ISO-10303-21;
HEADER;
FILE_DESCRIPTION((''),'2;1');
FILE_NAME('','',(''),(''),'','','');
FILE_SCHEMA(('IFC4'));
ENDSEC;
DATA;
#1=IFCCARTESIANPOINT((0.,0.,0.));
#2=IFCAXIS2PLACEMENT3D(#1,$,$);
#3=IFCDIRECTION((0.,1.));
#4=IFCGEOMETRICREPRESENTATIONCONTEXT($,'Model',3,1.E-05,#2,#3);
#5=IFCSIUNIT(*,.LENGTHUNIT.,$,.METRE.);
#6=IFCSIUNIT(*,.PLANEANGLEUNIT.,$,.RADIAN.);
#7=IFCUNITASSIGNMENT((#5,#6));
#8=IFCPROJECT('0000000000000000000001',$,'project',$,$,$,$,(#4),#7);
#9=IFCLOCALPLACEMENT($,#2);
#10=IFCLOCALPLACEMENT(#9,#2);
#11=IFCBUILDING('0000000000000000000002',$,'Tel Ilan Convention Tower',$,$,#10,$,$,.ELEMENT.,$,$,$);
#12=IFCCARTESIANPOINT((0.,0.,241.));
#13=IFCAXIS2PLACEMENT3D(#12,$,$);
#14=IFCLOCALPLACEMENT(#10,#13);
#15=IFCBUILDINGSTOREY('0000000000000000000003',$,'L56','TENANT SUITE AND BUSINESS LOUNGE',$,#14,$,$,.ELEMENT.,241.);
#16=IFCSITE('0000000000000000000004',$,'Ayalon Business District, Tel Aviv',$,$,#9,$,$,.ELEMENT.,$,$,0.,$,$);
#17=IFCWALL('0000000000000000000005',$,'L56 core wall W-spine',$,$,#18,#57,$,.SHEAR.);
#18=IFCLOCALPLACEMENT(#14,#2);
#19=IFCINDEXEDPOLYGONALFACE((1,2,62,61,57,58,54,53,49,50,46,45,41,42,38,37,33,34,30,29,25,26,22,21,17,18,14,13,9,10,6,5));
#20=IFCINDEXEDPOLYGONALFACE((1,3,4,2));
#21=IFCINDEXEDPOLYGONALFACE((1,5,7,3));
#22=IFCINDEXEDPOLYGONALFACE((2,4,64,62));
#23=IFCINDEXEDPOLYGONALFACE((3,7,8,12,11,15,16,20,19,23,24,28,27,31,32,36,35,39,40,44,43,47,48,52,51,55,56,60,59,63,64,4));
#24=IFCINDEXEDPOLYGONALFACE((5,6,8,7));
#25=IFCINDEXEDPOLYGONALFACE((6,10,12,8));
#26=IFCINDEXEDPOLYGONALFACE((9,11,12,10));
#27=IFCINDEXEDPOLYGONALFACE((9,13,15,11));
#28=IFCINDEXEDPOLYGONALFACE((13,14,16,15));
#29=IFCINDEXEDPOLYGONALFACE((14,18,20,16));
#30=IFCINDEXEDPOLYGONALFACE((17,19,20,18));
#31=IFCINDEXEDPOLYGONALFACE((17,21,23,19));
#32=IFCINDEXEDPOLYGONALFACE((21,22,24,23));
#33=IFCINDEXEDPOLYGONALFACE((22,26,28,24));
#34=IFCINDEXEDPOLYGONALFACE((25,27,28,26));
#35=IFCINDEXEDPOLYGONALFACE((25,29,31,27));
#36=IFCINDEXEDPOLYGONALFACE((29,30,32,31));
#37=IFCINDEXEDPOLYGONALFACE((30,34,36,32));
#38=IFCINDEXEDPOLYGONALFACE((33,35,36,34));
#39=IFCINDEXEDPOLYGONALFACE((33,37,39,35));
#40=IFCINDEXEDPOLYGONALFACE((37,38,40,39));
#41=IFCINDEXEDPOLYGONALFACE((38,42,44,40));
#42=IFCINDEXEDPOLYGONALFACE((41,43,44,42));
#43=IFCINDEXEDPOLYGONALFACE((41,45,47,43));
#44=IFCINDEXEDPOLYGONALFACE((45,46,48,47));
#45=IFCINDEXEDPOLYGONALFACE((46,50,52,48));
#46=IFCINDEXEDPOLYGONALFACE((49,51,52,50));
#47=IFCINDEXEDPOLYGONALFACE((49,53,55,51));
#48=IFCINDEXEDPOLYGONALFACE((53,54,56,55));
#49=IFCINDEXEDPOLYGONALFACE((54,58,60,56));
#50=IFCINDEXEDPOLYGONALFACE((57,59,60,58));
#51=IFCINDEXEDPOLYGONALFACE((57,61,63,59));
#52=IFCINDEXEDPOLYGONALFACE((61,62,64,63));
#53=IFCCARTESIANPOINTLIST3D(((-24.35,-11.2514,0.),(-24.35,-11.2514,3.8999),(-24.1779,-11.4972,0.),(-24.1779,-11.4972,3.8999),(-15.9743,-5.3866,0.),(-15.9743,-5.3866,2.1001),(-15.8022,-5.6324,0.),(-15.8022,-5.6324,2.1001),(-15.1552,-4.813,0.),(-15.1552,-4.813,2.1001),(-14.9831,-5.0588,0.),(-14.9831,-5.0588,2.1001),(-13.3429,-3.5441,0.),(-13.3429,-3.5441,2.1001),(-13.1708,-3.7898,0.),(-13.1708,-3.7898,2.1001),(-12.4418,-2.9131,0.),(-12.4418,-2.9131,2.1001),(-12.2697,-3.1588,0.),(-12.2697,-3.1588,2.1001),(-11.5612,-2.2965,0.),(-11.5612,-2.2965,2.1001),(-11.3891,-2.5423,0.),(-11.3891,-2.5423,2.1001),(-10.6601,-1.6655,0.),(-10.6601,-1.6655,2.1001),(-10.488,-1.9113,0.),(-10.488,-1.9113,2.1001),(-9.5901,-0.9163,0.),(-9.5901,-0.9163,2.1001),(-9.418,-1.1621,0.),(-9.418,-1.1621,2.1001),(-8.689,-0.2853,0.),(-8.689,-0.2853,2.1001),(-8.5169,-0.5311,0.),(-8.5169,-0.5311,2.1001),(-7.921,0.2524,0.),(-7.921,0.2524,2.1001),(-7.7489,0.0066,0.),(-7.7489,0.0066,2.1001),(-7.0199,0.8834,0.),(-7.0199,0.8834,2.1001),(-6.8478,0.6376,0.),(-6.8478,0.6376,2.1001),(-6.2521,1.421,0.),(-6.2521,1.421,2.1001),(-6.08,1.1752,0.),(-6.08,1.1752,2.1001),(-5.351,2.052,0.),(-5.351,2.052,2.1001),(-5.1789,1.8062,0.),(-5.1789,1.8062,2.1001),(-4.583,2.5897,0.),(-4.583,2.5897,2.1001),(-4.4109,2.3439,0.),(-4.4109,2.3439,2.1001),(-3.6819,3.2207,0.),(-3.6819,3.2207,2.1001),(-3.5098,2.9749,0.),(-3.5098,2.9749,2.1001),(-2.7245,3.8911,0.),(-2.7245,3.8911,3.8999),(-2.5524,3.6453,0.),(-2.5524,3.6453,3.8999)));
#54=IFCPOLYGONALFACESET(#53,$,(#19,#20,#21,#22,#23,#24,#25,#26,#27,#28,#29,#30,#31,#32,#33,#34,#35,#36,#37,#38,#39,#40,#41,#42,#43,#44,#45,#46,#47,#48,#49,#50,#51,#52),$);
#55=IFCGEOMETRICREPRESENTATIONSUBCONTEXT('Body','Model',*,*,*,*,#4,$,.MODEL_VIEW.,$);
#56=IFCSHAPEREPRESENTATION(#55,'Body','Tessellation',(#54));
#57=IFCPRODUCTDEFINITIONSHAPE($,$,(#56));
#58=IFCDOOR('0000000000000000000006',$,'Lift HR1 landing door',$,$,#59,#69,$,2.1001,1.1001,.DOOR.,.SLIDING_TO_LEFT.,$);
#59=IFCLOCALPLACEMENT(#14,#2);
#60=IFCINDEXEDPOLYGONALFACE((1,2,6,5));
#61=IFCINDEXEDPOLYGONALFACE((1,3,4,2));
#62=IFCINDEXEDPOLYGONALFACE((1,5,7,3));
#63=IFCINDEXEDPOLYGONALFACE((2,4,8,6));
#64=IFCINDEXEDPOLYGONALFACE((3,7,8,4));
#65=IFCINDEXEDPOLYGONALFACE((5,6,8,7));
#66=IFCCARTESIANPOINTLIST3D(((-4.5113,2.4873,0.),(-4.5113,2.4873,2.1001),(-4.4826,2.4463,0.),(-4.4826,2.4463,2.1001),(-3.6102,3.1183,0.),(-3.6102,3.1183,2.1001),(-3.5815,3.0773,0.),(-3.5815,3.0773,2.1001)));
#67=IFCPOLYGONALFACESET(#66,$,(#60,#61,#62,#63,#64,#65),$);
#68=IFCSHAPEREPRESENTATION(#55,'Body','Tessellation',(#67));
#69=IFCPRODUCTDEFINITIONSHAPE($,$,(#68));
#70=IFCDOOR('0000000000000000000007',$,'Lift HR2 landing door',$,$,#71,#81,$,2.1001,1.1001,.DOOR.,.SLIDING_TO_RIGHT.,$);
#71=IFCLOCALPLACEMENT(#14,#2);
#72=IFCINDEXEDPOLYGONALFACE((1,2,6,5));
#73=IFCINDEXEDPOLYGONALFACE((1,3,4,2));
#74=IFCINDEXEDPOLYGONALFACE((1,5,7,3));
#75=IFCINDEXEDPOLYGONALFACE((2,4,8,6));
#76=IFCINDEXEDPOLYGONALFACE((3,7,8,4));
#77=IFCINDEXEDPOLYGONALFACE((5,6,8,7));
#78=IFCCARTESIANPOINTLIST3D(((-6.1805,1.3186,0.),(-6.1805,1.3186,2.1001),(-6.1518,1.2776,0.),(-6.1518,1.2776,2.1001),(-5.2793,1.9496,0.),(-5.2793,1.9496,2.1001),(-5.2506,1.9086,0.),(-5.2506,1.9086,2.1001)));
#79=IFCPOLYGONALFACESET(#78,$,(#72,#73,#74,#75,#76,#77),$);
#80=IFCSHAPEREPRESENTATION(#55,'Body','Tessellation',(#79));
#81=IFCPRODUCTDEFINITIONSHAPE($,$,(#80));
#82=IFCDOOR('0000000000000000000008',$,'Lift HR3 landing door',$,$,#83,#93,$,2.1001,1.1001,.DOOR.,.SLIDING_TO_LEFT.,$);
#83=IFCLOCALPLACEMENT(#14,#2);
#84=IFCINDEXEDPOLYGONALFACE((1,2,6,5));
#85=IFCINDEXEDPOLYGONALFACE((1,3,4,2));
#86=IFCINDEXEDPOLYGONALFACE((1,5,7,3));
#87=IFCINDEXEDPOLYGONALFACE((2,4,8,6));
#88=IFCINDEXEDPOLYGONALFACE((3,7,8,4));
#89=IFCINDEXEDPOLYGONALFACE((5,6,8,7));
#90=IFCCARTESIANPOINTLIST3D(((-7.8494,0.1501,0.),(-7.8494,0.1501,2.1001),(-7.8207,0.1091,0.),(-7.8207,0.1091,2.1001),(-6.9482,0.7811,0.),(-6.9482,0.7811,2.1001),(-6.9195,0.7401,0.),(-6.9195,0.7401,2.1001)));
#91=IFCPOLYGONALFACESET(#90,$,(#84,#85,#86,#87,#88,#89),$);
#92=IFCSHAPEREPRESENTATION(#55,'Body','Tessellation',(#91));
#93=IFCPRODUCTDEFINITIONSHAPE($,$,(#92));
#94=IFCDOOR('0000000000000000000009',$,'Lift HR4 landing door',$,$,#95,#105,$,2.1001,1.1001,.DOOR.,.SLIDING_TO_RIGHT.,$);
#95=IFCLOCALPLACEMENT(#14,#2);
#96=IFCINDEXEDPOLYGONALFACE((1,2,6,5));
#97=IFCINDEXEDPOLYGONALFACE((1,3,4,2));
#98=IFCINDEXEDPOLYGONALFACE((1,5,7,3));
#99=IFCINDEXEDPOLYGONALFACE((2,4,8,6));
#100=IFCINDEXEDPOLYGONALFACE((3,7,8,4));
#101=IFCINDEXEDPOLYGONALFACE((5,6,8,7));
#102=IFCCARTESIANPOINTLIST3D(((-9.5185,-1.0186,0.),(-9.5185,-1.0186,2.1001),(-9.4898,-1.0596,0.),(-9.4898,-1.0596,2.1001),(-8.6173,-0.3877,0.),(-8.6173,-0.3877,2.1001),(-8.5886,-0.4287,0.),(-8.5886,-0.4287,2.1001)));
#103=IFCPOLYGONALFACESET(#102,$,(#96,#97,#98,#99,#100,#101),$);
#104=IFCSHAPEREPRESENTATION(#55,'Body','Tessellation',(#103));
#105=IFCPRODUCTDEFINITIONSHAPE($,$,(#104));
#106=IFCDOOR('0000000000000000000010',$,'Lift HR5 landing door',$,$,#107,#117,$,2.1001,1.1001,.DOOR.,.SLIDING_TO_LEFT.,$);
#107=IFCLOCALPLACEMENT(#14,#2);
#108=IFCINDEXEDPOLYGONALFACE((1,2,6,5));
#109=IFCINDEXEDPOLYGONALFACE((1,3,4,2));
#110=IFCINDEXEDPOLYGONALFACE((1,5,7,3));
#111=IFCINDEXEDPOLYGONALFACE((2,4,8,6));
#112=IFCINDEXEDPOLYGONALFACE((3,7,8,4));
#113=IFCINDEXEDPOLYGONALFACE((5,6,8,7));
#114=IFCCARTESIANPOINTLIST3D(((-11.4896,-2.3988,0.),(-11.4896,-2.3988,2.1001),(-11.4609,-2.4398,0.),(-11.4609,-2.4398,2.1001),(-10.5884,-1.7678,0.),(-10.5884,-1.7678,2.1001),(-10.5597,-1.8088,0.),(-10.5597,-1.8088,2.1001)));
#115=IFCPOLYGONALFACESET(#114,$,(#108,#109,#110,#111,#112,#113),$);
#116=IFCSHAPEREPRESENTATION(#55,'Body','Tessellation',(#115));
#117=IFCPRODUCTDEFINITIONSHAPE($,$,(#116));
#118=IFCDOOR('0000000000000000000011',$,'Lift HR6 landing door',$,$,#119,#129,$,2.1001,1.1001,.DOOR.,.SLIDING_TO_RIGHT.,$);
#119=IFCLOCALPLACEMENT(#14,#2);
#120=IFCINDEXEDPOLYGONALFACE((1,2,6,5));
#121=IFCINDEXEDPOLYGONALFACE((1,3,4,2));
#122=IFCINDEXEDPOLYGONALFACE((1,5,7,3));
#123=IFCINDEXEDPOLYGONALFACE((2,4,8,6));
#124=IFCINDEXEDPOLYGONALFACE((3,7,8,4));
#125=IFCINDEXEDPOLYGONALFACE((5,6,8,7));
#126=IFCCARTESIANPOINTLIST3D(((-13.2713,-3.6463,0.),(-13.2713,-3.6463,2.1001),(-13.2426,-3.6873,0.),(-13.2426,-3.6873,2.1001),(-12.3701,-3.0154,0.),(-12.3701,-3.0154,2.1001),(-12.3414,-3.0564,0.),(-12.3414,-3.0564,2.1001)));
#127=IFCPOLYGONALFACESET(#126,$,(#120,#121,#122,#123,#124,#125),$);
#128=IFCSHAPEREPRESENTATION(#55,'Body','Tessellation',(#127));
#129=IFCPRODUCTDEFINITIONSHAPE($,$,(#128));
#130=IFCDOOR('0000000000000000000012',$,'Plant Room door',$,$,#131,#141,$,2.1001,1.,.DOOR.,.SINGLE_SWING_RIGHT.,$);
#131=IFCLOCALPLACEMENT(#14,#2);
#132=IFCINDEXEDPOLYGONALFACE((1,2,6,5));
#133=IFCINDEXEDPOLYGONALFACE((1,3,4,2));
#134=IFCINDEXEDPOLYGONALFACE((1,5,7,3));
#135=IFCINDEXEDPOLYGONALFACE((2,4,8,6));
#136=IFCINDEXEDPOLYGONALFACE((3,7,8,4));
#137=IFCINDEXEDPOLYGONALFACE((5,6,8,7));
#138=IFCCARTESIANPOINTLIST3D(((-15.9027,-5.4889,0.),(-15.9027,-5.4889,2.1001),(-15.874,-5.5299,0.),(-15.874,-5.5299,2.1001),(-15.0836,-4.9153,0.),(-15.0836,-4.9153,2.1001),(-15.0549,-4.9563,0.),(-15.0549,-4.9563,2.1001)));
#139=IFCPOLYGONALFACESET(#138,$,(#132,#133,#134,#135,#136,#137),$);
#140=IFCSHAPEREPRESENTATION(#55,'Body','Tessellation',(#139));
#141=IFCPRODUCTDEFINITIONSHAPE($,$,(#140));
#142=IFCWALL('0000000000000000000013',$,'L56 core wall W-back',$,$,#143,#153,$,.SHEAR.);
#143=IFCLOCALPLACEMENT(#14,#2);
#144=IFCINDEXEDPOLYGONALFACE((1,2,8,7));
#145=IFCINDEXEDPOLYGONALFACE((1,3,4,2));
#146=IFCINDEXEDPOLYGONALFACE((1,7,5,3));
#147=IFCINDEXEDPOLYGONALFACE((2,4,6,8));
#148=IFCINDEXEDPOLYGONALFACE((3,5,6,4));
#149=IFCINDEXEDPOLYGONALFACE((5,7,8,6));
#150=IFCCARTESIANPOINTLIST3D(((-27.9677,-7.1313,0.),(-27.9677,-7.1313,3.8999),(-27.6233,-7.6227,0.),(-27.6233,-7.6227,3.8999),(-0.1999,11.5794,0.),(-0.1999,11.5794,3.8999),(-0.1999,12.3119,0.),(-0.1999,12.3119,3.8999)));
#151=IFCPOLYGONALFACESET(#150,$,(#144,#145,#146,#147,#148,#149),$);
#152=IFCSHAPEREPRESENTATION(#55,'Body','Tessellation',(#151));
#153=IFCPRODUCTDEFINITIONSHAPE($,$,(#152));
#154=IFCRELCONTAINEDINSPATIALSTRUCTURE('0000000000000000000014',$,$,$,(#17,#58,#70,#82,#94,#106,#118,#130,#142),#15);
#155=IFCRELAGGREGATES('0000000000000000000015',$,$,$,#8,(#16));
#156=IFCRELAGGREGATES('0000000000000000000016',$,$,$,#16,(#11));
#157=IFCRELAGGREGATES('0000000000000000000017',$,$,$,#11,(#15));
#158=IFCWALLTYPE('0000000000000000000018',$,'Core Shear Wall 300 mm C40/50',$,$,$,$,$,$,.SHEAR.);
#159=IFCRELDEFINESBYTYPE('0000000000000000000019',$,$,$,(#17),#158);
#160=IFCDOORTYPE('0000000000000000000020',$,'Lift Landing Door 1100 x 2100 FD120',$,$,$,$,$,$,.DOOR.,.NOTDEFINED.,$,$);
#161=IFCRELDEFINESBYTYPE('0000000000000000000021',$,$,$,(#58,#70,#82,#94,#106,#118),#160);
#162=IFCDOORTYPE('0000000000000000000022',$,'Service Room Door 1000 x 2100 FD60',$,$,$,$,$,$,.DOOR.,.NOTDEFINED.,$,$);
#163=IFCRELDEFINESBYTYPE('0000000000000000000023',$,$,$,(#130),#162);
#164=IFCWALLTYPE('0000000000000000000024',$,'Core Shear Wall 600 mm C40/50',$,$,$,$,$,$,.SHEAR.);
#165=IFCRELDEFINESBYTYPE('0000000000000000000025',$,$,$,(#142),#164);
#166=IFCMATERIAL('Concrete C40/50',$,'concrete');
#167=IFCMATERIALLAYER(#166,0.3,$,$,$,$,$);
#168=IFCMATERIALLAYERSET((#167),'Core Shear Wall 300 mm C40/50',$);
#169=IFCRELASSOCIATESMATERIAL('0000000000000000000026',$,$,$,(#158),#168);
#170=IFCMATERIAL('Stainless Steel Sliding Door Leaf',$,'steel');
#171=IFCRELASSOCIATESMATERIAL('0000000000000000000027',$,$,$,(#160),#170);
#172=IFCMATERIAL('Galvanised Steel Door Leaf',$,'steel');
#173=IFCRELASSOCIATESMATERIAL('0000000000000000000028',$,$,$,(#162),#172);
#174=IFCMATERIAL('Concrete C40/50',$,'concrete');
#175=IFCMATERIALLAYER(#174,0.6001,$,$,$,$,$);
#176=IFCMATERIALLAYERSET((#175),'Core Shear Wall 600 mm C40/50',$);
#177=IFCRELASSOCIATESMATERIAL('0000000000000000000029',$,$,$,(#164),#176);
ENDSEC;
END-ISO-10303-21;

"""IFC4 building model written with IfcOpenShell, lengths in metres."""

from ifc_helpers import new_model, si_unit, direction, frame, frame_2d, origin, place, context, subcontext, project, spatial, polyline, rectangle, outline, extrude, material, layer, layer_set, type_object, element, fill, save


model = new_model("IFC4")

# Units and contexts
model_context = context("Model", 3, precision=1e-05, world=origin(), true_north=direction((0.0, 1.0)))
body_context = subcontext(model_context, "Body", "Model", "MODEL_VIEW")
ifc_project = project(units=[si_unit("LENGTHUNIT", "METRE"), si_unit("PLANEANGLEUNIT", "RADIAN")], contexts=[model_context])

# Site, building, storey
site_placement = place(None, origin())
site = spatial("IfcSite", under=ifc_project, at=site_placement, Name="Ayalon Business District, Tel Aviv", CompositionType="ELEMENT", RefElevation=0.0)
building_placement = place(site_placement, origin())
building = spatial("IfcBuilding", under=site, at=building_placement, Name="Tel Ilan Convention Tower", CompositionType="ELEMENT")
storey_placement = place(building_placement, frame((0.0, 0.0, 241.0)))
storey = spatial("IfcBuildingStorey", under=building, at=storey_placement, Name="L56", Description="TENANT SUITE AND BUSINESS LOUNGE", CompositionType="ELEMENT", Elevation=241.0)

# Wall, openings, doors
ifc_material_1 = material(Name="Concrete C40/50", Category="concrete")
ifc_layer_1 = layer(ifc_material_1, 0.3)
ifc_layer_set_1 = layer_set([ifc_layer_1], Name="Core Shear Wall 300 mm C40/50")
wall_type_1 = type_object("IfcWallType", Name="Core Shear Wall 300 mm C40/50", PredefinedType="SHEAR", material=ifc_layer_set_1)
wall_1_placement = place(storey_placement, frame((-2.6384, 3.7681, 0.0), z_axis=(0.0, 0.0, 1.0), x_axis=(-0.819155, -0.573572, 0.0)))
wall_1 = element("IfcWall", 1, at=wall_1_placement, inside=storey, type_object=wall_type_1, Name="L56 core wall W-spine", PredefinedType="SHEAR", context=body_context, shape_type="SweptSolid", body=[
    extrude(outline(polyline([(26.3999, 0.1501), (0.0, 0.1499), (0.0, -0.1501), (26.3999, -0.1499), (26.3999, 0.1501)])), origin(), (0.0, 0.0, 1.0), 3.8999),
])
opening_1_placement = place(wall_1_placement, frame((1.1687, 0.0, 0.0)))
opening_1 = element("IfcOpeningElement", 2, at=opening_1_placement, cuts=wall_1, PredefinedType="OPENING", context=body_context, shape_type="SweptSolid", body=[
    extrude(rectangle(XDim=1.1001, YDim=2.1001, at=frame_2d((0.55, 1.05))), frame((0.0, 0.1599, 0.0), z_axis=(0.0, -1.0, 0.0), x_axis=(1.0, 0.0, 0.0)), (0.0, 0.0, 1.0), 0.3201),
])
opening_2_placement = place(wall_1_placement, frame((3.2063, 0.0, 0.0)))
opening_2 = element("IfcOpeningElement", 3, at=opening_2_placement, cuts=wall_1, PredefinedType="OPENING", context=body_context, shape_type="SweptSolid", body=[
    extrude(rectangle(XDim=1.1001, YDim=2.1001, at=frame_2d((0.55, 1.05))), frame((0.0, 0.1599, 0.0), z_axis=(0.0, -1.0, 0.0), x_axis=(1.0, 0.0, 0.0)), (0.0, 0.0, 1.0), 0.3201),
])
opening_3_placement = place(wall_1_placement, frame((5.2437, 0.0, 0.0)))
opening_3 = element("IfcOpeningElement", 4, at=opening_3_placement, cuts=wall_1, PredefinedType="OPENING", context=body_context, shape_type="SweptSolid", body=[
    extrude(rectangle(XDim=1.1001, YDim=2.1001, at=frame_2d((0.55, 1.05))), frame((0.0, 0.1599, 0.0), z_axis=(0.0, -1.0, 0.0), x_axis=(1.0, 0.0, 0.0)), (0.0, 0.0, 1.0), 0.3201),
])
opening_4_placement = place(wall_1_placement, frame((7.2812, 0.0, 0.0)))
opening_4 = element("IfcOpeningElement", 5, at=opening_4_placement, cuts=wall_1, PredefinedType="OPENING", context=body_context, shape_type="SweptSolid", body=[
    extrude(rectangle(XDim=1.1001, YDim=2.1001, at=frame_2d((0.55, 1.05))), frame((0.0, 0.1599, 0.0), z_axis=(0.0, -1.0, 0.0), x_axis=(1.0, 0.0, 0.0)), (0.0, 0.0, 1.0), 0.3201),
])
opening_5_placement = place(wall_1_placement, frame((9.6875, 0.0, 0.0)))
opening_5 = element("IfcOpeningElement", 6, at=opening_5_placement, cuts=wall_1, PredefinedType="OPENING", context=body_context, shape_type="SweptSolid", body=[
    extrude(rectangle(XDim=1.1001, YDim=2.1001, at=frame_2d((0.55, 1.05))), frame((0.0, 0.1599, 0.0), z_axis=(0.0, -1.0, 0.0), x_axis=(1.0, 0.0, 0.0)), (0.0, 0.0, 1.0), 0.3201),
])
opening_6_placement = place(wall_1_placement, frame((11.8625, 0.0, 0.0)))
opening_6 = element("IfcOpeningElement", 7, at=opening_6_placement, cuts=wall_1, PredefinedType="OPENING", context=body_context, shape_type="SweptSolid", body=[
    extrude(rectangle(XDim=1.1001, YDim=2.1001, at=frame_2d((0.55, 1.05))), frame((0.0, 0.1599, 0.0), z_axis=(0.0, -1.0, 0.0), x_axis=(1.0, 0.0, 0.0)), (0.0, 0.0, 1.0), 0.3201),
])
opening_7_placement = place(wall_1_placement, frame((15.175, 0.0, 0.0)))
opening_7 = element("IfcOpeningElement", 8, at=opening_7_placement, cuts=wall_1, PredefinedType="OPENING", context=body_context, shape_type="SweptSolid", body=[
    extrude(rectangle(XDim=1.0, YDim=2.1001, at=frame_2d((0.5, 1.05))), frame((0.0, 0.1599, 0.0), z_axis=(0.0, -1.0, 0.0), x_axis=(1.0, 0.0, 0.0)), (0.0, 0.0, 1.0), 0.3201),
])
ifc_material_2 = material(Name="Stainless Steel Sliding Door Leaf", Category="steel")
door_type_1 = type_object("IfcDoorType", Name="Lift Landing Door 1100 x 2100 FD120", OperationType="NOTDEFINED", PredefinedType="DOOR", material=ifc_material_2)
door_1_placement = place(opening_1_placement, origin())
door_1 = element("IfcDoor", 9, at=door_1_placement, inside=storey, type_object=door_type_1, Name="Lift HR1 landing door", OperationType="SLIDING_TO_LEFT", OverallHeight=2.1001, OverallWidth=1.1001, PredefinedType="DOOR", context=body_context, shape_type="SweptSolid", body=[
    extrude(rectangle(XDim=1.1001, YDim=2.1001, at=frame_2d((0.55, 1.05))), frame((0.0, 0.0249, 0.0), z_axis=(0.0, -1.0, 0.0), x_axis=(1.0, 0.0, 0.0)), (0.0, 0.0, 1.0), 0.05),
])
fill(opening_1, door_1)
door_2_placement = place(opening_2_placement, origin())
door_2 = element("IfcDoor", 10, at=door_2_placement, inside=storey, type_object=door_type_1, Name="Lift HR2 landing door", OperationType="SLIDING_TO_RIGHT", OverallHeight=2.1001, OverallWidth=1.1001, PredefinedType="DOOR", context=body_context, shape_type="SweptSolid", body=[
    extrude(rectangle(XDim=1.1001, YDim=2.1001, at=frame_2d((0.55, 1.05))), frame((0.0, 0.0249, 0.0), z_axis=(0.0, -1.0, 0.0), x_axis=(1.0, 0.0, 0.0)), (0.0, 0.0, 1.0), 0.05),
])
fill(opening_2, door_2)
door_3_placement = place(opening_3_placement, origin())
door_3 = element("IfcDoor", 11, at=door_3_placement, inside=storey, type_object=door_type_1, Name="Lift HR3 landing door", OperationType="SLIDING_TO_LEFT", OverallHeight=2.1001, OverallWidth=1.1001, PredefinedType="DOOR", context=body_context, shape_type="SweptSolid", body=[
    extrude(rectangle(XDim=1.1001, YDim=2.1001, at=frame_2d((0.55, 1.05))), frame((0.0, 0.0249, 0.0), z_axis=(0.0, -1.0, 0.0), x_axis=(1.0, 0.0, 0.0)), (0.0, 0.0, 1.0), 0.05),
])
fill(opening_3, door_3)
door_4_placement = place(opening_4_placement, origin())
door_4 = element("IfcDoor", 12, at=door_4_placement, inside=storey, type_object=door_type_1, Name="Lift HR4 landing door", OperationType="SLIDING_TO_RIGHT", OverallHeight=2.1001, OverallWidth=1.1001, PredefinedType="DOOR", context=body_context, shape_type="SweptSolid", body=[
    extrude(rectangle(XDim=1.1001, YDim=2.1001, at=frame_2d((0.55, 1.05))), frame((0.0, 0.0249, 0.0), z_axis=(0.0, -1.0, 0.0), x_axis=(1.0, 0.0, 0.0)), (0.0, 0.0, 1.0), 0.05),
])
fill(opening_4, door_4)
door_5_placement = place(opening_5_placement, origin())
door_5 = element("IfcDoor", 13, at=door_5_placement, inside=storey, type_object=door_type_1, Name="Lift HR5 landing door", OperationType="SLIDING_TO_LEFT", OverallHeight=2.1001, OverallWidth=1.1001, PredefinedType="DOOR", context=body_context, shape_type="SweptSolid", body=[
    extrude(rectangle(XDim=1.1001, YDim=2.1001, at=frame_2d((0.55, 1.05))), frame((0.0, 0.0249, 0.0), z_axis=(0.0, -1.0, 0.0), x_axis=(1.0, 0.0, 0.0)), (0.0, 0.0, 1.0), 0.05),
])
fill(opening_5, door_5)
door_6_placement = place(opening_6_placement, origin())
door_6 = element("IfcDoor", 14, at=door_6_placement, inside=storey, type_object=door_type_1, Name="Lift HR6 landing door", OperationType="SLIDING_TO_RIGHT", OverallHeight=2.1001, OverallWidth=1.1001, PredefinedType="DOOR", context=body_context, shape_type="SweptSolid", body=[
    extrude(rectangle(XDim=1.1001, YDim=2.1001, at=frame_2d((0.55, 1.05))), frame((0.0, 0.0249, 0.0), z_axis=(0.0, -1.0, 0.0), x_axis=(1.0, 0.0, 0.0)), (0.0, 0.0, 1.0), 0.05),
])
fill(opening_6, door_6)
ifc_material_3 = material(Name="Galvanised Steel Door Leaf", Category="steel")
door_type_2 = type_object("IfcDoorType", Name="Service Room Door 1000 x 2100 FD60", OperationType="NOTDEFINED", PredefinedType="DOOR", material=ifc_material_3)
door_7_placement = place(opening_7_placement, origin())
door_7 = element("IfcDoor", 15, at=door_7_placement, inside=storey, type_object=door_type_2, Name="Plant Room door", OperationType="SINGLE_SWING_RIGHT", OverallHeight=2.1001, OverallWidth=1.0, PredefinedType="DOOR", context=body_context, shape_type="SweptSolid", body=[
    extrude(rectangle(XDim=1.0, YDim=2.1001, at=frame_2d((0.5, 1.05))), frame((0.0, 0.0249, 0.0), z_axis=(0.0, -1.0, 0.0), x_axis=(1.0, 0.0, 0.0)), (0.0, 0.0, 1.0), 0.05),
])
fill(opening_7, door_7)

# Wall
ifc_material_4 = material(Name="Concrete C40/50", Category="concrete")
ifc_layer_2 = layer(ifc_material_4, 0.6001)
ifc_layer_set_2 = layer_set([ifc_layer_2], Name="Core Shear Wall 600 mm C40/50")
wall_type_2 = type_object("IfcWallType", Name="Core Shear Wall 600 mm C40/50", PredefinedType="SHEAR", material=ifc_layer_set_2)
wall_2_placement = place(storey_placement, frame((-0.0278, 12.0662, 0.0), z_axis=(0.0, 0.0, 1.0), x_axis=(-0.819151, -0.573577, 0.0)))
element("IfcWall", 16, at=wall_2_placement, inside=storey, type_object=wall_type_2, Name="L56 core wall W-back", PredefinedType="SHEAR", context=body_context, shape_type="SweptSolid", body=[
    extrude(outline(polyline([(33.8979, 0.3), (0.4202, 0.3), (0.0, -0.3), (33.8982, -0.3), (33.8979, 0.3)])), origin(), (0.0, 0.0, 1.0), 3.8999),
])

save(model, "model.ifc")
